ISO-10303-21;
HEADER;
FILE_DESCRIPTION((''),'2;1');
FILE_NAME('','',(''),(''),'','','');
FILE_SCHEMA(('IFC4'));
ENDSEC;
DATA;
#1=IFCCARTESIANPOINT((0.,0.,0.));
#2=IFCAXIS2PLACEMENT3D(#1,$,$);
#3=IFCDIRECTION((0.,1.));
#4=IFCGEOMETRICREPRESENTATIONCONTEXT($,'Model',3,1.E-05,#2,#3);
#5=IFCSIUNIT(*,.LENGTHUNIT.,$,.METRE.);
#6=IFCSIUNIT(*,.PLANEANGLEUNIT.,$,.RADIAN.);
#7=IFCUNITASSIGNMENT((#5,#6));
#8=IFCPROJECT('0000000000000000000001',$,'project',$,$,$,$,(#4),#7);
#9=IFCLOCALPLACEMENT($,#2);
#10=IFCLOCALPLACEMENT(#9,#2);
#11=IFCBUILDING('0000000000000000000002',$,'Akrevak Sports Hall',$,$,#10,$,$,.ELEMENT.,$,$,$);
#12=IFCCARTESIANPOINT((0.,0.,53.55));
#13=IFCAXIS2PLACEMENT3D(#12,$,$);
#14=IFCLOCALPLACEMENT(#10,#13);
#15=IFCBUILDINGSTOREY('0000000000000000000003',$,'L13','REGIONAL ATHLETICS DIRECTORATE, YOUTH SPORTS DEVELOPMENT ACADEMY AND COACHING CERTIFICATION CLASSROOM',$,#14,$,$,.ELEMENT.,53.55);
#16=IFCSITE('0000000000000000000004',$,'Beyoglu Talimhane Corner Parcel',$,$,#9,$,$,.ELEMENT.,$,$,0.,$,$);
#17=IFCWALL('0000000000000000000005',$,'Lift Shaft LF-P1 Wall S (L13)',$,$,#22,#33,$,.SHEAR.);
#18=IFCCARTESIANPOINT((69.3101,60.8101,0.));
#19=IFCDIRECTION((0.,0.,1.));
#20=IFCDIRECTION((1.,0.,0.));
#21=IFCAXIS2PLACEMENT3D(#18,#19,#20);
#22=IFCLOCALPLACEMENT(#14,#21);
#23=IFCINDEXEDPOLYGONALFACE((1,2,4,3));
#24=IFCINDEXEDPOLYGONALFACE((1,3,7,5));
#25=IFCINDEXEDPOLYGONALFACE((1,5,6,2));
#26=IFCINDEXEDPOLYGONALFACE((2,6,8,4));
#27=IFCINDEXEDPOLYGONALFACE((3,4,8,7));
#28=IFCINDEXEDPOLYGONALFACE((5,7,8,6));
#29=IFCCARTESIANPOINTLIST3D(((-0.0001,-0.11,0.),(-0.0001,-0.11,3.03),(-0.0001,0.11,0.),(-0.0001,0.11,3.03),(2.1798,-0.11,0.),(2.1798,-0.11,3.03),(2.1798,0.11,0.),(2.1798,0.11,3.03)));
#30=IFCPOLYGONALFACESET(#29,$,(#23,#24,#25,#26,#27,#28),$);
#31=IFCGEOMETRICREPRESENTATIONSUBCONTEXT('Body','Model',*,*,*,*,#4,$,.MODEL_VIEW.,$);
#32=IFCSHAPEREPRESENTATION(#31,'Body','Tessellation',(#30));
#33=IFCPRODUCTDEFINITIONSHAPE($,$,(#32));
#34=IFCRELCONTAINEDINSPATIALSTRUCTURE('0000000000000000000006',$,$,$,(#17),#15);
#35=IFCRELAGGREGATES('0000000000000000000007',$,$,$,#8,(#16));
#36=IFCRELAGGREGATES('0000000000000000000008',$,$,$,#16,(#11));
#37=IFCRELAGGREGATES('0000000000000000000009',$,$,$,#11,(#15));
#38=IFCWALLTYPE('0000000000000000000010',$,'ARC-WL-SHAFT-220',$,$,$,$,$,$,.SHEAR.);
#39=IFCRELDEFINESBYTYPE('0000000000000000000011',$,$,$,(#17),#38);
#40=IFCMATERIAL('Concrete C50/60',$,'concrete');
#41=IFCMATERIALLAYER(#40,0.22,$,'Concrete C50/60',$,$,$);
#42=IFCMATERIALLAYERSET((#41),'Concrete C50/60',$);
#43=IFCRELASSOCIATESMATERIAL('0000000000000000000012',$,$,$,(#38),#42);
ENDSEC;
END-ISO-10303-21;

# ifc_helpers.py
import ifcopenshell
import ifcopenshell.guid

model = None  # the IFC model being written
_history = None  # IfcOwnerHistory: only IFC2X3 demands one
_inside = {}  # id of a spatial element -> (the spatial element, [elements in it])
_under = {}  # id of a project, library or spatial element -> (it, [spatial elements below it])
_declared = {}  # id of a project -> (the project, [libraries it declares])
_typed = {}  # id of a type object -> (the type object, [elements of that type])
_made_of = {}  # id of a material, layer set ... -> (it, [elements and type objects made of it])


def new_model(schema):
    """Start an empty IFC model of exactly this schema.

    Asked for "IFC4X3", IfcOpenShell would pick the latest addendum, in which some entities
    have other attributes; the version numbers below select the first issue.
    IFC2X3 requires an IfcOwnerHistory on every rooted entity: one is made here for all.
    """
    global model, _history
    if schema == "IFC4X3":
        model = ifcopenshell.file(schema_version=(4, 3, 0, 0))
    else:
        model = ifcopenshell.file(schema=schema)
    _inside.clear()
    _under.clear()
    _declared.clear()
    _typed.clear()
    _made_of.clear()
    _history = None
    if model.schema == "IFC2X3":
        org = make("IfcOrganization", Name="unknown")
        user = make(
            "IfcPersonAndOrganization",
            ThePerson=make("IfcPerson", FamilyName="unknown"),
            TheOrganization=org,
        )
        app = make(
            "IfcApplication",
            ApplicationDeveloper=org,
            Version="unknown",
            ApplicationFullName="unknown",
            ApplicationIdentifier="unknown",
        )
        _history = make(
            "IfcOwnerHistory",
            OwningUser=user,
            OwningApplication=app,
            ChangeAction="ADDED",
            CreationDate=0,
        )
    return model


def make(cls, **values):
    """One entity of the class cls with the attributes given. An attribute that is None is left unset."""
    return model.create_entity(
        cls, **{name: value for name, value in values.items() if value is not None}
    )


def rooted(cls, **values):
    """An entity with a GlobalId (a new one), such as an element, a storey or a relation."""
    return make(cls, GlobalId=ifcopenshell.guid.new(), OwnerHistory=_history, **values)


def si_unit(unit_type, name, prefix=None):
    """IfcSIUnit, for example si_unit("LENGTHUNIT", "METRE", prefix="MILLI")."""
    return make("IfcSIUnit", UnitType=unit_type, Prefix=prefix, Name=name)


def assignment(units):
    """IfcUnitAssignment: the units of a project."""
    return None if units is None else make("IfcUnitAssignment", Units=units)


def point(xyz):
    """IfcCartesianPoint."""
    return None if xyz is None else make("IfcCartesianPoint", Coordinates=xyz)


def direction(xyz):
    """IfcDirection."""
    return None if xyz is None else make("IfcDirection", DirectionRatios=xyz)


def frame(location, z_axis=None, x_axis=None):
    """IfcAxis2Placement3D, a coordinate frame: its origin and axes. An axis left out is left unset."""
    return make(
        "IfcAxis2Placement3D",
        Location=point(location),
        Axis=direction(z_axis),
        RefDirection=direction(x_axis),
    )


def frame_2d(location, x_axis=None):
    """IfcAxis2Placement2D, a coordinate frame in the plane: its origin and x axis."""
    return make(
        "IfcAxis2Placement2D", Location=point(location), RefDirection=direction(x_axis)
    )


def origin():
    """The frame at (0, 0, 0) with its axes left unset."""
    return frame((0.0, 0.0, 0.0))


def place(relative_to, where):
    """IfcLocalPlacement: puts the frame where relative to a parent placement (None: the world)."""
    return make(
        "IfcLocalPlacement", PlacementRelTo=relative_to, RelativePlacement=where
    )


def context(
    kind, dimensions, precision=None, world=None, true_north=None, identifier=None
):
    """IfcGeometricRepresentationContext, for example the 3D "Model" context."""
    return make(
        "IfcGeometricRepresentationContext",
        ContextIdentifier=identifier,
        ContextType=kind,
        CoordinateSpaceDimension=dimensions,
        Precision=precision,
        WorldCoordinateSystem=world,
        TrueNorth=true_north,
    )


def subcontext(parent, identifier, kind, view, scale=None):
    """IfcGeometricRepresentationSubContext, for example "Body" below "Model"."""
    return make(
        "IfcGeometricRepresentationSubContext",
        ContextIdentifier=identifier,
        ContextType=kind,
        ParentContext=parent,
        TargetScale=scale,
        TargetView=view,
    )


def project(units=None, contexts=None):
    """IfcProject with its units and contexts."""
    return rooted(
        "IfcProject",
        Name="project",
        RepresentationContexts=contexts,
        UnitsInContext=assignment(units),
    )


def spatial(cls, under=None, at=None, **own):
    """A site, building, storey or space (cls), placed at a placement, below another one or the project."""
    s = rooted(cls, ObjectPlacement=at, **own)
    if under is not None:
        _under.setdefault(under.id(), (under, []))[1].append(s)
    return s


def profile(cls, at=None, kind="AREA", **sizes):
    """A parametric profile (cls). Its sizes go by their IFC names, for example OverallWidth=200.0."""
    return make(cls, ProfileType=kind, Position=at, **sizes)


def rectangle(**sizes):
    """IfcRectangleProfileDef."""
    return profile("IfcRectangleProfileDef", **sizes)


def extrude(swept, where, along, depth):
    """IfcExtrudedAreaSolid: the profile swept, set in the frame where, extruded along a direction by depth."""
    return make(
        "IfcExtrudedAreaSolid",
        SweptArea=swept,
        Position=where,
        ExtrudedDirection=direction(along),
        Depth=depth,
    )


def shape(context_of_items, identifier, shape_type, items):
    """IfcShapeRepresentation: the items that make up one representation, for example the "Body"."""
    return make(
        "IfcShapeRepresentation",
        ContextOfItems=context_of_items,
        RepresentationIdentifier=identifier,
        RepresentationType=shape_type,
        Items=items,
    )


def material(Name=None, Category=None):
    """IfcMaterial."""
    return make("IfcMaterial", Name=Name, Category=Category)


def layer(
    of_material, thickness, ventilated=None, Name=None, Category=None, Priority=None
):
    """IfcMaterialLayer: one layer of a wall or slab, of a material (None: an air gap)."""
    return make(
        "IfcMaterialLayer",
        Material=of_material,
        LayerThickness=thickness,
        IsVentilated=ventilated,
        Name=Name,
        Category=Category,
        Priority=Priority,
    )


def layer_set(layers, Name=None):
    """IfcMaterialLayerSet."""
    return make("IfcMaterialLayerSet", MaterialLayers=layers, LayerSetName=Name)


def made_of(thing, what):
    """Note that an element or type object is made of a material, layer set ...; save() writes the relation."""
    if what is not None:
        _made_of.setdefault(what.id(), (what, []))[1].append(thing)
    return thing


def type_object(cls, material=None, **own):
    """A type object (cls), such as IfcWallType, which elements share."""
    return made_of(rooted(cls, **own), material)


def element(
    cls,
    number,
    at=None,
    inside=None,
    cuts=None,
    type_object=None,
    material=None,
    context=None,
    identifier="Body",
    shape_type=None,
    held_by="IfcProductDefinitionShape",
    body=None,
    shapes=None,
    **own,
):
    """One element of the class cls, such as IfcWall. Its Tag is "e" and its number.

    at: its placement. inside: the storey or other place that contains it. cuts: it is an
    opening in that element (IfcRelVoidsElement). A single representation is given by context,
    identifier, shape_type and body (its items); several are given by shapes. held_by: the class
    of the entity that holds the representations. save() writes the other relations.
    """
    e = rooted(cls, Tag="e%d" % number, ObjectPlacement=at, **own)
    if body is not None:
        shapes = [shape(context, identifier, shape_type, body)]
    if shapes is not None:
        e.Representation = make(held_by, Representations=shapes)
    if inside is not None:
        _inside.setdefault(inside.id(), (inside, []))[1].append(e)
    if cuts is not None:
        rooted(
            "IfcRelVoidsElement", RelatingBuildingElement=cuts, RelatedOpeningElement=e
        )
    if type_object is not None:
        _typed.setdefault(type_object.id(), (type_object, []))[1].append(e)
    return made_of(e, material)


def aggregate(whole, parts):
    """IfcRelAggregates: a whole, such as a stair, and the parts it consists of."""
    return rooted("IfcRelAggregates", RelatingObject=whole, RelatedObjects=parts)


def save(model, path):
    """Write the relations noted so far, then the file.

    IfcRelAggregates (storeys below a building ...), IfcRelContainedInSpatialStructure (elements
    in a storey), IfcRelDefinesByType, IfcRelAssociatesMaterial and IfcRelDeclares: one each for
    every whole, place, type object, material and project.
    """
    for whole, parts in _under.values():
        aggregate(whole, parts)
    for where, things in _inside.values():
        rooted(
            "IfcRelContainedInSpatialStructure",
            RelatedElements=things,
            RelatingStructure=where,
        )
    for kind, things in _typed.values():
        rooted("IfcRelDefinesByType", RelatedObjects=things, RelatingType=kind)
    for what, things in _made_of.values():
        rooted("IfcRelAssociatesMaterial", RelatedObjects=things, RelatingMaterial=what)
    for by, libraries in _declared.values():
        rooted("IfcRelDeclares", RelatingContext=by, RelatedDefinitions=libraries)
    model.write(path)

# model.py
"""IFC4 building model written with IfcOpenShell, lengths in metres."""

from ifc_helpers import new_model, si_unit, direction, frame, frame_2d, origin, place, context, subcontext, project, spatial, rectangle, extrude, material, layer, layer_set, type_object, element, save


model = new_model("IFC4")

# Units and contexts
model_context = context("Model", 3, precision=1e-05, world=origin(), true_north=direction((0.0, 1.0)))
body_context = subcontext(model_context, "Body", "Model", "MODEL_VIEW")
ifc_project = project(units=[si_unit("LENGTHUNIT", "METRE"), si_unit("PLANEANGLEUNIT", "RADIAN")], contexts=[model_context])

# Site, building, storey
site_placement = place(None, origin())
site = spatial("IfcSite", under=ifc_project, at=site_placement, Name="Beyoglu Talimhane Corner Parcel", CompositionType="ELEMENT", RefElevation=0.0)
building_placement = place(site_placement, origin())
building = spatial("IfcBuilding", under=site, at=building_placement, Name="Akrevak Sports Hall", CompositionType="ELEMENT")
storey_placement = place(building_placement, frame((0.0, 0.0, 53.55)))
storey = spatial("IfcBuildingStorey", under=building, at=storey_placement, Name="L13", Description="REGIONAL ATHLETICS DIRECTORATE, YOUTH SPORTS DEVELOPMENT ACADEMY AND COACHING CERTIFICATION CLASSROOM", CompositionType="ELEMENT", Elevation=53.55)

# Wall
ifc_material_1 = material(Name="Concrete C50/60", Category="concrete")
ifc_layer_1 = layer(ifc_material_1, 0.22, Name="Concrete C50/60")
ifc_layer_set_1 = layer_set([ifc_layer_1], Name="Concrete C50/60")
wall_type_1 = type_object("IfcWallType", Name="ARC-WL-SHAFT-220", PredefinedType="SHEAR", material=ifc_layer_set_1)
wall_1_placement = place(storey_placement, frame((69.3101, 60.8101, 0.0), z_axis=(0.0, 0.0, 1.0), x_axis=(1.0, 0.0, 0.0)))
element("IfcWall", 1, at=wall_1_placement, inside=storey, type_object=wall_type_1, Name="Lift Shaft LF-P1 Wall S (L13)", PredefinedType="SHEAR", context=body_context, shape_type="SweptSolid", body=[
    extrude(rectangle(XDim=2.1799, YDim=0.22, at=frame_2d((1.0898, 0.0))), origin(), (0.0, 0.0, 1.0), 3.03),
])

save(model, "model.ifc")
